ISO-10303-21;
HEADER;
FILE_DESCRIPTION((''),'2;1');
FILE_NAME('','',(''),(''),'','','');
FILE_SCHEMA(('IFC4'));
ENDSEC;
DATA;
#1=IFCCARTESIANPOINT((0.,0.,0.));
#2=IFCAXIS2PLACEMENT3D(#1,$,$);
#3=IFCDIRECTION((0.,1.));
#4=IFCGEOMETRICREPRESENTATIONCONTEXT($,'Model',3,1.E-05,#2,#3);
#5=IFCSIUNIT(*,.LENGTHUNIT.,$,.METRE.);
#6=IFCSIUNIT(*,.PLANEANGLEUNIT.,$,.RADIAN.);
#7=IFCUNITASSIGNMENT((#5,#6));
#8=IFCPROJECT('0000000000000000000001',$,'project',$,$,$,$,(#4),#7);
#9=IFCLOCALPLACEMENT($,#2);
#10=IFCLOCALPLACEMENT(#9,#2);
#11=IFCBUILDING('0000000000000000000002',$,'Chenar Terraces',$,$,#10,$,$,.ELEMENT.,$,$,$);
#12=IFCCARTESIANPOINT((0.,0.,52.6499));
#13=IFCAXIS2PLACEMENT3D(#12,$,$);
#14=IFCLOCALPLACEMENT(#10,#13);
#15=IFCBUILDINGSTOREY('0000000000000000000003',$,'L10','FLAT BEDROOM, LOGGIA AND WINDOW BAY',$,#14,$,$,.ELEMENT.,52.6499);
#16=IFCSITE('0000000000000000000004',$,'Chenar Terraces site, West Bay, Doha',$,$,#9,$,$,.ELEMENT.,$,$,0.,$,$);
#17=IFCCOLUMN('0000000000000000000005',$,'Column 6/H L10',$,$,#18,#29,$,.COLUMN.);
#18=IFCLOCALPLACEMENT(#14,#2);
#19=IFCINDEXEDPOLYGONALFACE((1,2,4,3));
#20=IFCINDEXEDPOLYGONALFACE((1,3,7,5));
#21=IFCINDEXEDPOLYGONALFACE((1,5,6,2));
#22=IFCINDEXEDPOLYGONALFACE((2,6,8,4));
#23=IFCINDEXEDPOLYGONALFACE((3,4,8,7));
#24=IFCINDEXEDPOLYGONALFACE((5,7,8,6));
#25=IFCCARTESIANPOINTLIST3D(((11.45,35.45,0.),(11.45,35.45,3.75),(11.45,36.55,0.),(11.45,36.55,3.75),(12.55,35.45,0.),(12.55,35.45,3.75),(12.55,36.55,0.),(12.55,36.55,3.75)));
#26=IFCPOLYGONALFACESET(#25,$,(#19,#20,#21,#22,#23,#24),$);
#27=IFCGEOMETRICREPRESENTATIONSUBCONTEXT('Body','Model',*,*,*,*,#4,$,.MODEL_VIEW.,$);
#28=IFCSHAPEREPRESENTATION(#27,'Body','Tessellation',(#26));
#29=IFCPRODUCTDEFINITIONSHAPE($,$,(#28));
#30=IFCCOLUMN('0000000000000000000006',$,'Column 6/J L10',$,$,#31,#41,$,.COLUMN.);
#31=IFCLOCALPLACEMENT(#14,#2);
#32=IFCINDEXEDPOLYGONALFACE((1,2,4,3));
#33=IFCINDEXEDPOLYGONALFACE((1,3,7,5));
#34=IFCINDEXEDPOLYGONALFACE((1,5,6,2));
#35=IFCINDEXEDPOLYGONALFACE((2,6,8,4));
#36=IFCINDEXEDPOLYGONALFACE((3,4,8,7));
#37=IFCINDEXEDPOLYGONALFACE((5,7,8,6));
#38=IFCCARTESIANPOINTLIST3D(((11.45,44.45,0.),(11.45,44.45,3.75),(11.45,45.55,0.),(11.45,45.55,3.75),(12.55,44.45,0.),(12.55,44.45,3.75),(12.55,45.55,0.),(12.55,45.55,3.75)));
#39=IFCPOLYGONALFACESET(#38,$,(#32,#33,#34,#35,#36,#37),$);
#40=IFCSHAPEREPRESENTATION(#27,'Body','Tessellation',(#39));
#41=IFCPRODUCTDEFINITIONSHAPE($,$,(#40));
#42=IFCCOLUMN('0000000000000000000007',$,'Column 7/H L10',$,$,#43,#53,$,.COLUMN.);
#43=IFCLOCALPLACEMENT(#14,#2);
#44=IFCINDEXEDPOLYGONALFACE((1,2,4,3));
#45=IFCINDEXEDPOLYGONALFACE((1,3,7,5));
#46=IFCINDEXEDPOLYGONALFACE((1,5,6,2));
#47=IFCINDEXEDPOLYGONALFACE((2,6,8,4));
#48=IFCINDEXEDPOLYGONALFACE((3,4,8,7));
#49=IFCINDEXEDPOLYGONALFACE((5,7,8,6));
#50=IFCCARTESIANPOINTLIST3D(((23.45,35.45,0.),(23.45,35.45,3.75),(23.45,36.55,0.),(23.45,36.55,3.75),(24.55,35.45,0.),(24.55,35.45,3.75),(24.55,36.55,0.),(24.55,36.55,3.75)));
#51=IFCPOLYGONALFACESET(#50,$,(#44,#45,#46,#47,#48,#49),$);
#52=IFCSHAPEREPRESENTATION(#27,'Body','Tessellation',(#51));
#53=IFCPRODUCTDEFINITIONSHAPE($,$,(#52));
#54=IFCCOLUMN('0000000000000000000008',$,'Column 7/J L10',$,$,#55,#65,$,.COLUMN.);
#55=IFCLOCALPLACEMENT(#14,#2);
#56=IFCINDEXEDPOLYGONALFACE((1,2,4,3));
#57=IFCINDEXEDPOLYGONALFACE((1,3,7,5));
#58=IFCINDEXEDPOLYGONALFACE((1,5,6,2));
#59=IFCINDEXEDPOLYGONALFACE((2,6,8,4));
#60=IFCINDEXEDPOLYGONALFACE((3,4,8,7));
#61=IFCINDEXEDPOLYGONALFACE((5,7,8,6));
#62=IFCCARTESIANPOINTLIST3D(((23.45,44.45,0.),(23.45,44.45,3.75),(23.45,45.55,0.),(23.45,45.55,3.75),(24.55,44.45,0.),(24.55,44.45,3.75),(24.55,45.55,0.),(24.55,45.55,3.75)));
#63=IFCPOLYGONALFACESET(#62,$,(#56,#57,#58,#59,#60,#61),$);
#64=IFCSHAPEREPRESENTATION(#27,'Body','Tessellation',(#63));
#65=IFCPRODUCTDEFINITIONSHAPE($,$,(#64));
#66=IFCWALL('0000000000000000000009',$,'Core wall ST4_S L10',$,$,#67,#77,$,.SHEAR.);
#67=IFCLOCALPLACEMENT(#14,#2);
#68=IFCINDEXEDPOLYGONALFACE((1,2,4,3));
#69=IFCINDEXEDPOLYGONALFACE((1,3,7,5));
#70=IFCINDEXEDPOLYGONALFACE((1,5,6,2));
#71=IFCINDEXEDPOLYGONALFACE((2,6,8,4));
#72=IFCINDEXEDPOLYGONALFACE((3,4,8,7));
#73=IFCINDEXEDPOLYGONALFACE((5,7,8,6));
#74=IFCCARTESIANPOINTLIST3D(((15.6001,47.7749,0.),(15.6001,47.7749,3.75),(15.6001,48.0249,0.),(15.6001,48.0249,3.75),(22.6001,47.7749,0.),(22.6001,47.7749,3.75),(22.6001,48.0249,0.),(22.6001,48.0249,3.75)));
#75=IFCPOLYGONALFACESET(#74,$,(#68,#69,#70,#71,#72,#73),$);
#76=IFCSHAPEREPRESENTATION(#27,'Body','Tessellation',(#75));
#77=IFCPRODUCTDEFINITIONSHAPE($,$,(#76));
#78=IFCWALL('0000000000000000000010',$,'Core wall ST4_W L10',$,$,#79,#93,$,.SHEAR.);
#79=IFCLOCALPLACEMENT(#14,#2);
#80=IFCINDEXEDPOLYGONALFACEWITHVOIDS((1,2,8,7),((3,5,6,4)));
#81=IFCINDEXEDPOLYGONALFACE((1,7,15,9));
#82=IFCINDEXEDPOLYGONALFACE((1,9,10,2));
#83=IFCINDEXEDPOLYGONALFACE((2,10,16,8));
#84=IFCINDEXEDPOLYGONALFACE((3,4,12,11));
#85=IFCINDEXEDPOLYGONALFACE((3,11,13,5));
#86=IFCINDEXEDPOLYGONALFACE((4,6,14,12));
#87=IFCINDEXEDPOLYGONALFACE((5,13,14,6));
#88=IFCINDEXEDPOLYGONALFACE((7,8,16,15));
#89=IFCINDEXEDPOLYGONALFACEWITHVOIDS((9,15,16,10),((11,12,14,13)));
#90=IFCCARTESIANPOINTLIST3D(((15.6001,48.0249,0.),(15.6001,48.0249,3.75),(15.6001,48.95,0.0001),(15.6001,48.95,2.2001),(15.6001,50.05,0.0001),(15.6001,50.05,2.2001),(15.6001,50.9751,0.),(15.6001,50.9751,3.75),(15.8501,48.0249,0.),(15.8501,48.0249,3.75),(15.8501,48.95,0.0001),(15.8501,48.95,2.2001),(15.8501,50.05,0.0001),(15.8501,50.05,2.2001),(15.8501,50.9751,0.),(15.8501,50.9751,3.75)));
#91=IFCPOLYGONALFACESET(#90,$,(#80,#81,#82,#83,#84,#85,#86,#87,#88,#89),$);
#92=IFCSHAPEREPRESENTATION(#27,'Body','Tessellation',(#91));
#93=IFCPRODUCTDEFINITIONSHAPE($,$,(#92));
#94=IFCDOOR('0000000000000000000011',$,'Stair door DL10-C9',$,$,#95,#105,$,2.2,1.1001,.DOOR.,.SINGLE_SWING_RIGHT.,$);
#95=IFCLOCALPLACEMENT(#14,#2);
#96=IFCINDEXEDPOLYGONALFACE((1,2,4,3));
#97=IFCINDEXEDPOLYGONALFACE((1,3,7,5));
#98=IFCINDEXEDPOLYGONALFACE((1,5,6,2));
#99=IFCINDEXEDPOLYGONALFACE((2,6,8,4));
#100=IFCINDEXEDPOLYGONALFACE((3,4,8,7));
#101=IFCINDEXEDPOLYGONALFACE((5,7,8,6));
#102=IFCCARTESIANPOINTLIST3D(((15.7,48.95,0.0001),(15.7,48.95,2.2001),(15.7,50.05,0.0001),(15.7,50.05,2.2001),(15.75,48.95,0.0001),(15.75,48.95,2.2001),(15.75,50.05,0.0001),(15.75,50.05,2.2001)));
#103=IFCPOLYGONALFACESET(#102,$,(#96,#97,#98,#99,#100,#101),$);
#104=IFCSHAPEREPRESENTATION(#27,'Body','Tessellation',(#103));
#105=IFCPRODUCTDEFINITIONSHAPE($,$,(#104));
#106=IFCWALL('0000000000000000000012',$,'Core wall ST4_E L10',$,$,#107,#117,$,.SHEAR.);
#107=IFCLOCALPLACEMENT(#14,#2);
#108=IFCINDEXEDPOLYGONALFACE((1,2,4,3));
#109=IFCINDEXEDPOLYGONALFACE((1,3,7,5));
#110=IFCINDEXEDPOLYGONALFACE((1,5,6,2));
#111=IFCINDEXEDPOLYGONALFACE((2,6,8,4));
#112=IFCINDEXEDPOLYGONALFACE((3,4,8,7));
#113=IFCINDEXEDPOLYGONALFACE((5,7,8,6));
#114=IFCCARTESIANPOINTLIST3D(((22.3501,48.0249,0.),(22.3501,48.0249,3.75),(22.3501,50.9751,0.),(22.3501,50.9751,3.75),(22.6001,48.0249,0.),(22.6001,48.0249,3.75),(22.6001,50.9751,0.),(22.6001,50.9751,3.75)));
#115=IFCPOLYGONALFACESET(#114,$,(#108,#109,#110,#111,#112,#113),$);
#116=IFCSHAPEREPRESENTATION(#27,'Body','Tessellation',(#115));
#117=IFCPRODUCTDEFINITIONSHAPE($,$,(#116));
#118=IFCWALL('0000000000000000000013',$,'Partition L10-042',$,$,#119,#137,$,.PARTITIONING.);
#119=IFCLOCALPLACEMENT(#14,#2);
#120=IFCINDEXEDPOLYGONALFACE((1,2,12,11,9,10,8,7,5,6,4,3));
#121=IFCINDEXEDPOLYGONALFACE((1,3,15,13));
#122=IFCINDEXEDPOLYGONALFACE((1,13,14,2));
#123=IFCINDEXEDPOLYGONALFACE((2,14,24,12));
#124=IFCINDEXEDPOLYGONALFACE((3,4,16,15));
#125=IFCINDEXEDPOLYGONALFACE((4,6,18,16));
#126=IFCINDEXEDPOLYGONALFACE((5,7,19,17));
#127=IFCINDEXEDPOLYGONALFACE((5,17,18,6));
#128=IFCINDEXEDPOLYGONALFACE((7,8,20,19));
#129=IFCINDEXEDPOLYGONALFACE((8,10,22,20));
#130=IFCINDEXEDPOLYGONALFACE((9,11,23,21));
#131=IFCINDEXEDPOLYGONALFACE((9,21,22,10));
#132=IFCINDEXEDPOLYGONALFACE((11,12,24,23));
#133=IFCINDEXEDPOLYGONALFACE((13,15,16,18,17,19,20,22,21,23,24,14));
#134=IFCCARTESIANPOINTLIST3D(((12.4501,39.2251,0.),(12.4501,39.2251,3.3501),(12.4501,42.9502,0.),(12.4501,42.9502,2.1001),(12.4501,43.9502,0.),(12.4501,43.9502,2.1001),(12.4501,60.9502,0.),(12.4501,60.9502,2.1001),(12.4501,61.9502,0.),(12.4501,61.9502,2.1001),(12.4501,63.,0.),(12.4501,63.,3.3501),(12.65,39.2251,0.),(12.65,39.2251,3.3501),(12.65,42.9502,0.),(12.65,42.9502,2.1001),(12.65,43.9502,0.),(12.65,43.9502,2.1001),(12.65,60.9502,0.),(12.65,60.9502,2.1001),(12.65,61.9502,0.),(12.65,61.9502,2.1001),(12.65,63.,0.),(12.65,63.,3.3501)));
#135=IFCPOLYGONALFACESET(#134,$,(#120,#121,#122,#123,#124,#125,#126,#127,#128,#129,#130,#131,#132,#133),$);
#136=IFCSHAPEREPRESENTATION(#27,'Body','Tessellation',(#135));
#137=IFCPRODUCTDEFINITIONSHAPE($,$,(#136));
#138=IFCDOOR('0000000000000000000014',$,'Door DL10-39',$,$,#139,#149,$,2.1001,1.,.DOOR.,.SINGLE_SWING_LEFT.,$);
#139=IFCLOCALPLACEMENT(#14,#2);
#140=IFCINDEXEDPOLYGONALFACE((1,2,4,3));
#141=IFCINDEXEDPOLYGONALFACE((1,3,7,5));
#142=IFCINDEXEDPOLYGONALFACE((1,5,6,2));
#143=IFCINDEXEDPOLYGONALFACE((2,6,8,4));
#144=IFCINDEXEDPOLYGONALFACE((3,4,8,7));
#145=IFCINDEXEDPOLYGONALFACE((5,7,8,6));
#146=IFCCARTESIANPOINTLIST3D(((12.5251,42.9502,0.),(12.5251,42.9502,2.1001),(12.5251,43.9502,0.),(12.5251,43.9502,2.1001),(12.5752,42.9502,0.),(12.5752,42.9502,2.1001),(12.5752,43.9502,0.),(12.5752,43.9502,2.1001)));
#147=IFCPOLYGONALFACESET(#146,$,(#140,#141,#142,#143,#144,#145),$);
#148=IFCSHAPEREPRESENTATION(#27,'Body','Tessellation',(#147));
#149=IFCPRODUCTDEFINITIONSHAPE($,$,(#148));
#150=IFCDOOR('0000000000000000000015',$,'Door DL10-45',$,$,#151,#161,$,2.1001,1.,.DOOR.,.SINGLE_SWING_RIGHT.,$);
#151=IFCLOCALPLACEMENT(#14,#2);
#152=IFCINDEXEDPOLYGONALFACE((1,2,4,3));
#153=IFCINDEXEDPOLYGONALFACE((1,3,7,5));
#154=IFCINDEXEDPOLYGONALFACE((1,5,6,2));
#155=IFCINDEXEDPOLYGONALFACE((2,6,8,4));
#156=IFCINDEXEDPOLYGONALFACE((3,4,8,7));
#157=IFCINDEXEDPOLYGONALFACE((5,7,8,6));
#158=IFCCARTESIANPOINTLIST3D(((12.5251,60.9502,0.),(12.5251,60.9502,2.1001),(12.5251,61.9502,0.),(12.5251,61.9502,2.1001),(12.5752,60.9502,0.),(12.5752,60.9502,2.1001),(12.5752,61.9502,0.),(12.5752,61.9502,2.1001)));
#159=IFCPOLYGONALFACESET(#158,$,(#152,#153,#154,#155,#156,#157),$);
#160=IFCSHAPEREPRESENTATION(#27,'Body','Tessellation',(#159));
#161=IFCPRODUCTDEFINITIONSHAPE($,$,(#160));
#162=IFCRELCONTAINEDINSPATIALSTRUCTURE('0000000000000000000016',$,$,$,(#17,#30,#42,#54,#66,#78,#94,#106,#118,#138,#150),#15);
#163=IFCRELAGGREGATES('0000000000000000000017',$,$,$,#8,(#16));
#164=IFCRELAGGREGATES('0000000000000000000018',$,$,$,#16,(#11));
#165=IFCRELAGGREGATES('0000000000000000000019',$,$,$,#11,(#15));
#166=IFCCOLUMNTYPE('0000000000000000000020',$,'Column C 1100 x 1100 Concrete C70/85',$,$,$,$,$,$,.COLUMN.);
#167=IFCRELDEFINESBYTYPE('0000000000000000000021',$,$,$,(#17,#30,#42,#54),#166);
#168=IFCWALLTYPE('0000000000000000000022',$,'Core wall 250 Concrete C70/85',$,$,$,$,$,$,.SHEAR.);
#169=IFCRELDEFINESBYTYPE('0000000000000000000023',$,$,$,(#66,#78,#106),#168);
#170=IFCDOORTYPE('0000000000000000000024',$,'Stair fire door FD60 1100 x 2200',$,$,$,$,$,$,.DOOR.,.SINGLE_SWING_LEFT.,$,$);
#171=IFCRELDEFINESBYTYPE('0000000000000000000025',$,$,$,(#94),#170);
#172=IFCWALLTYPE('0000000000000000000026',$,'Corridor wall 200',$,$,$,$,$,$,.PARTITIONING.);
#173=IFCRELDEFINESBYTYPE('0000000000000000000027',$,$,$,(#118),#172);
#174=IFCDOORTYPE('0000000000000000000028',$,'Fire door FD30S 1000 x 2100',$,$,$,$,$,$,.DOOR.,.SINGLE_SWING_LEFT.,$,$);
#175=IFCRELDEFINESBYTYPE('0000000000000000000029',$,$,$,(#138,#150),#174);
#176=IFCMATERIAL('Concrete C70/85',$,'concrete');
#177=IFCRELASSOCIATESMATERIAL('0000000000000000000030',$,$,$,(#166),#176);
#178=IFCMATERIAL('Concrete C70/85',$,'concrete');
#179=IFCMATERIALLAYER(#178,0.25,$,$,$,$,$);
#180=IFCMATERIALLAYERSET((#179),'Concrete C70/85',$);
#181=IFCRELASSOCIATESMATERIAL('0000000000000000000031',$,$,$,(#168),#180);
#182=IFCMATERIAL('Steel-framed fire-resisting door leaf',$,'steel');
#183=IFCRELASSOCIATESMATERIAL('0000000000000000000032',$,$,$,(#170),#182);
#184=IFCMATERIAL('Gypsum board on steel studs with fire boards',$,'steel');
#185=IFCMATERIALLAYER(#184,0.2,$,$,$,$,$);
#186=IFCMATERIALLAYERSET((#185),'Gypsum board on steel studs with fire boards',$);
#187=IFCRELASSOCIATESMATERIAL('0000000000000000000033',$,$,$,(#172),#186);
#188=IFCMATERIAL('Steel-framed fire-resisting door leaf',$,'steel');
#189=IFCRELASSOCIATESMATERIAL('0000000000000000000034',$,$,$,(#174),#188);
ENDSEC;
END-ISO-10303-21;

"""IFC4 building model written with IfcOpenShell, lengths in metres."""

from ifc_helpers import new_model, si_unit, direction, frame, frame_2d, origin, origin_2d, place, context, subcontext, project, spatial, rectangle, extrude, material, layer, layer_set, material_profile, profile_set, type_object, element, fill, save


model = new_model("IFC4")

# Units and contexts
model_context = context("Model", 3, precision=1e-05, world=origin(), true_north=direction((0.0, 1.0)))
body_context = subcontext(model_context, "Body", "Model", "MODEL_VIEW")
ifc_project = project(units=[si_unit("LENGTHUNIT", "METRE"), si_unit("PLANEANGLEUNIT", "RADIAN")], contexts=[model_context])

# Site, building, storey
site_placement = place(None, origin())
site = spatial("IfcSite", under=ifc_project, at=site_placement, Name="Chenar Terraces site, West Bay, Doha", CompositionType="ELEMENT", RefElevation=0.0)
building_placement = place(site_placement, origin())
building = spatial("IfcBuilding", under=site, at=building_placement, Name="Chenar Terraces", CompositionType="ELEMENT")
storey_placement = place(building_placement, frame((0.0, 0.0, 52.6499)))
storey = spatial("IfcBuildingStorey", under=building, at=storey_placement, Name="L10", Description="FLAT BEDROOM, LOGGIA AND WINDOW BAY", CompositionType="ELEMENT", Elevation=52.6499)

# Columns
ifc_material_1 = material(Name="Concrete C70/85", Category="concrete")
ifc_material_profile = material_profile(ifc_material_1, rectangle(XDim=1.1001, YDim=1.1001, at=origin_2d()), Name="C 1100 x 1100")
ifc_profile_set = profile_set([ifc_material_profile], Name="Concrete C70/85")
column_type = type_object("IfcColumnType", Name="Column C 1100 x 1100 Concrete C70/85", PredefinedType="COLUMN", material=ifc_profile_set)
for number, where, z_axis, x_axis, name in (
    (1, (12.0, 36.0, 0.0), (0.0, 0.0, 1.0), (1.0, 0.0, 0.0), "Column 6/H L10"),
    (2, (12.0, 45.0, 0.0), (0.0, 0.0, 1.0), (1.0, 0.0, 0.0), "Column 6/J L10"),
    (3, (24.0, 36.0, 0.0), (0.0, 0.0, 1.0), (1.0, 0.0, 0.0), "Column 7/H L10"),
    (4, (24.0, 45.0, 0.0), (0.0, 0.0, 1.0), (1.0, 0.0, 0.0), "Column 7/J L10"),
):
    element("IfcColumn", number, at=place(storey_placement, frame(where, z_axis=z_axis, x_axis=x_axis)), inside=storey, type_object=column_type, Name=name, PredefinedType="COLUMN", context=body_context, shape_type="SweptSolid", body=[
        extrude(rectangle(XDim=1.1001, YDim=1.1001, at=origin_2d()), origin(), (0.0, 0.0, 1.0), 3.75),
    ])

# Wall
ifc_material_2 = material(Name="Concrete C70/85", Category="concrete")
ifc_layer_1 = layer(ifc_material_2, 0.25)
ifc_layer_set_1 = layer_set([ifc_layer_1], Name="Concrete C70/85")
wall_type_1 = type_object("IfcWallType", Name="Core wall 250 Concrete C70/85", PredefinedType="SHEAR", material=ifc_layer_set_1)
wall_1_placement = place(storey_placement, frame((15.6001, 47.8999, 0.0), z_axis=(0.0, 0.0, 1.0), x_axis=(1.0, 0.0, 0.0)))
element("IfcWall", 5, at=wall_1_placement, inside=storey, type_object=wall_type_1, Name="Core wall ST4_S L10", PredefinedType="SHEAR", context=body_context, shape_type="SweptSolid", body=[
    extrude(rectangle(XDim=7.0, YDim=0.25, at=frame_2d((3.5, 0.0))), origin(), (0.0, 0.0, 1.0), 3.75),
])

# Wall, opening, door
wall_2_placement = place(storey_placement, frame((15.7251, 48.0249, 0.0), z_axis=(0.0, 0.0, 1.0), x_axis=(0.0, 1.0, 0.0)))
wall_2 = element("IfcWall", 6, at=wall_2_placement, inside=storey, type_object=wall_type_1, Name="Core wall ST4_W L10", PredefinedType="SHEAR", context=body_context, shape_type="SweptSolid", body=[
    extrude(rectangle(XDim=2.9502, YDim=0.25, at=frame_2d((1.4751, 0.0))), origin(), (0.0, 0.0, 1.0), 3.75),
])
opening_1_placement = place(wall_2_placement, frame((0.925, 0.0, 0.0)))
opening_1 = element("IfcOpeningElement", 7, at=opening_1_placement, cuts=wall_2, PredefinedType="OPENING", context=body_context, shape_type="SweptSolid", body=[
    extrude(rectangle(XDim=1.1001, YDim=2.2, at=frame_2d((0.55, 1.1001))), frame((0.0, 0.135, 0.0), z_axis=(0.0, -1.0, 0.0), x_axis=(1.0, 0.0, 0.0)), (0.0, 0.0, 1.0), 0.27),
])
ifc_material_3 = material(Name="Steel-framed fire-resisting door leaf", Category="steel")
door_type_1 = type_object("IfcDoorType", Name="Stair fire door FD60 1100 x 2200", OperationType="SINGLE_SWING_LEFT", PredefinedType="DOOR", material=ifc_material_3)
door_1_placement = place(opening_1_placement, frame((1.1001, 0.0, 0.0), z_axis=(0.0, 0.0, 1.0), x_axis=(-1.0, 0.0, 0.0)))
door_1 = element("IfcDoor", 8, at=door_1_placement, inside=storey, type_object=door_type_1, Name="Stair door DL10-C9", OperationType="SINGLE_SWING_RIGHT", OverallHeight=2.2, OverallWidth=1.1001, PredefinedType="DOOR", context=body_context, shape_type="SweptSolid", body=[
    extrude(rectangle(XDim=1.1001, YDim=2.2, at=frame_2d((0.55, 1.1001))), frame((0.0, 0.0249, 0.0), z_axis=(0.0, -1.0, 0.0), x_axis=(1.0, 0.0, 0.0)), (0.0, 0.0, 1.0), 0.05),
])
fill(opening_1, door_1)

# Wall
wall_3_placement = place(storey_placement, frame((22.4751, 48.0249, 0.0), z_axis=(0.0, 0.0, 1.0), x_axis=(0.0, 1.0, 0.0)))
element("IfcWall", 9, at=wall_3_placement, inside=storey, type_object=wall_type_1, Name="Core wall ST4_E L10", PredefinedType="SHEAR", context=body_context, shape_type="SweptSolid", body=[
    extrude(rectangle(XDim=2.9502, YDim=0.25, at=frame_2d((1.4751, 0.0))), origin(), (0.0, 0.0, 1.0), 3.75),
])

# Wall, openings, doors
ifc_material_4 = material(Name="Gypsum board on steel studs with fire boards", Category="steel")
ifc_layer_2 = layer(ifc_material_4, 0.2)
ifc_layer_set_2 = layer_set([ifc_layer_2], Name="Gypsum board on steel studs with fire boards")
wall_type_2 = type_object("IfcWallType", Name="Corridor wall 200", PredefinedType="PARTITIONING", material=ifc_layer_set_2)
wall_4_placement = place(storey_placement, frame((12.55, 39.2251, 0.0), z_axis=(0.0, 0.0, 1.0), x_axis=(0.0, 1.0, 0.0)))
wall_4 = element("IfcWall", 10, at=wall_4_placement, inside=storey, type_object=wall_type_2, Name="Partition L10-042", PredefinedType="PARTITIONING", context=body_context, shape_type="SweptSolid", body=[
    extrude(rectangle(XDim=23.7749, YDim=0.2, at=frame_2d((11.8875, 0.0))), origin(), (0.0, 0.0, 1.0), 3.3501),
])
opening_2_placement = place(wall_4_placement, frame((3.7251, 0.0, 0.0)))
opening_2 = element("IfcOpeningElement", 11, at=opening_2_placement, cuts=wall_4, PredefinedType="OPENING", context=body_context, shape_type="SweptSolid", body=[
    extrude(rectangle(XDim=1.0, YDim=2.1001, at=frame_2d((0.5, 1.05))), frame((0.0, 0.1099, 0.0), z_axis=(0.0, -1.0, 0.0), x_axis=(1.0, 0.0, 0.0)), (0.0, 0.0, 1.0), 0.22),
])
opening_3_placement = place(wall_4_placement, frame((21.7251, 0.0, 0.0)))
opening_3 = element("IfcOpeningElement", 12, at=opening_3_placement, cuts=wall_4, PredefinedType="OPENING", context=body_context, shape_type="SweptSolid", body=[
    extrude(rectangle(XDim=1.0, YDim=2.1001, at=frame_2d((0.5, 1.05))), frame((0.0, 0.1099, 0.0), z_axis=(0.0, -1.0, 0.0), x_axis=(1.0, 0.0, 0.0)), (0.0, 0.0, 1.0), 0.22),
])
ifc_material_5 = material(Name="Steel-framed fire-resisting door leaf", Category="steel")
door_type_2 = type_object("IfcDoorType", Name="Fire door FD30S 1000 x 2100", OperationType="SINGLE_SWING_LEFT", PredefinedType="DOOR", material=ifc_material_5)
door_2_placement = place(opening_2_placement, origin())
door_2 = element("IfcDoor", 13, at=door_2_placement, inside=storey, type_object=door_type_2, Name="Door DL10-39", OperationType="SINGLE_SWING_LEFT", OverallHeight=2.1001, OverallWidth=1.0, PredefinedType="DOOR", context=body_context, shape_type="SweptSolid", body=[
    extrude(rectangle(XDim=1.0, YDim=2.1001, at=frame_2d((0.5, 1.05))), frame((0.0, 0.0249, 0.0), z_axis=(0.0, -1.0, 0.0), x_axis=(1.0, 0.0, 0.0)), (0.0, 0.0, 1.0), 0.05),
])
fill(opening_2, door_2)
door_3_placement = place(opening_3_placement, origin())
door_3 = element("IfcDoor", 14, at=door_3_placement, inside=storey, type_object=door_type_2, Name="Door DL10-45", OperationType="SINGLE_SWING_RIGHT", OverallHeight=2.1001, OverallWidth=1.0, PredefinedType="DOOR", context=body_context, shape_type="SweptSolid", body=[
    extrude(rectangle(XDim=1.0, YDim=2.1001, at=frame_2d((0.5, 1.05))), frame((0.0, 0.0249, 0.0), z_axis=(0.0, -1.0, 0.0), x_axis=(1.0, 0.0, 0.0)), (0.0, 0.0, 1.0), 0.05),
])
fill(opening_3, door_3)

save(model, "model.ifc")
